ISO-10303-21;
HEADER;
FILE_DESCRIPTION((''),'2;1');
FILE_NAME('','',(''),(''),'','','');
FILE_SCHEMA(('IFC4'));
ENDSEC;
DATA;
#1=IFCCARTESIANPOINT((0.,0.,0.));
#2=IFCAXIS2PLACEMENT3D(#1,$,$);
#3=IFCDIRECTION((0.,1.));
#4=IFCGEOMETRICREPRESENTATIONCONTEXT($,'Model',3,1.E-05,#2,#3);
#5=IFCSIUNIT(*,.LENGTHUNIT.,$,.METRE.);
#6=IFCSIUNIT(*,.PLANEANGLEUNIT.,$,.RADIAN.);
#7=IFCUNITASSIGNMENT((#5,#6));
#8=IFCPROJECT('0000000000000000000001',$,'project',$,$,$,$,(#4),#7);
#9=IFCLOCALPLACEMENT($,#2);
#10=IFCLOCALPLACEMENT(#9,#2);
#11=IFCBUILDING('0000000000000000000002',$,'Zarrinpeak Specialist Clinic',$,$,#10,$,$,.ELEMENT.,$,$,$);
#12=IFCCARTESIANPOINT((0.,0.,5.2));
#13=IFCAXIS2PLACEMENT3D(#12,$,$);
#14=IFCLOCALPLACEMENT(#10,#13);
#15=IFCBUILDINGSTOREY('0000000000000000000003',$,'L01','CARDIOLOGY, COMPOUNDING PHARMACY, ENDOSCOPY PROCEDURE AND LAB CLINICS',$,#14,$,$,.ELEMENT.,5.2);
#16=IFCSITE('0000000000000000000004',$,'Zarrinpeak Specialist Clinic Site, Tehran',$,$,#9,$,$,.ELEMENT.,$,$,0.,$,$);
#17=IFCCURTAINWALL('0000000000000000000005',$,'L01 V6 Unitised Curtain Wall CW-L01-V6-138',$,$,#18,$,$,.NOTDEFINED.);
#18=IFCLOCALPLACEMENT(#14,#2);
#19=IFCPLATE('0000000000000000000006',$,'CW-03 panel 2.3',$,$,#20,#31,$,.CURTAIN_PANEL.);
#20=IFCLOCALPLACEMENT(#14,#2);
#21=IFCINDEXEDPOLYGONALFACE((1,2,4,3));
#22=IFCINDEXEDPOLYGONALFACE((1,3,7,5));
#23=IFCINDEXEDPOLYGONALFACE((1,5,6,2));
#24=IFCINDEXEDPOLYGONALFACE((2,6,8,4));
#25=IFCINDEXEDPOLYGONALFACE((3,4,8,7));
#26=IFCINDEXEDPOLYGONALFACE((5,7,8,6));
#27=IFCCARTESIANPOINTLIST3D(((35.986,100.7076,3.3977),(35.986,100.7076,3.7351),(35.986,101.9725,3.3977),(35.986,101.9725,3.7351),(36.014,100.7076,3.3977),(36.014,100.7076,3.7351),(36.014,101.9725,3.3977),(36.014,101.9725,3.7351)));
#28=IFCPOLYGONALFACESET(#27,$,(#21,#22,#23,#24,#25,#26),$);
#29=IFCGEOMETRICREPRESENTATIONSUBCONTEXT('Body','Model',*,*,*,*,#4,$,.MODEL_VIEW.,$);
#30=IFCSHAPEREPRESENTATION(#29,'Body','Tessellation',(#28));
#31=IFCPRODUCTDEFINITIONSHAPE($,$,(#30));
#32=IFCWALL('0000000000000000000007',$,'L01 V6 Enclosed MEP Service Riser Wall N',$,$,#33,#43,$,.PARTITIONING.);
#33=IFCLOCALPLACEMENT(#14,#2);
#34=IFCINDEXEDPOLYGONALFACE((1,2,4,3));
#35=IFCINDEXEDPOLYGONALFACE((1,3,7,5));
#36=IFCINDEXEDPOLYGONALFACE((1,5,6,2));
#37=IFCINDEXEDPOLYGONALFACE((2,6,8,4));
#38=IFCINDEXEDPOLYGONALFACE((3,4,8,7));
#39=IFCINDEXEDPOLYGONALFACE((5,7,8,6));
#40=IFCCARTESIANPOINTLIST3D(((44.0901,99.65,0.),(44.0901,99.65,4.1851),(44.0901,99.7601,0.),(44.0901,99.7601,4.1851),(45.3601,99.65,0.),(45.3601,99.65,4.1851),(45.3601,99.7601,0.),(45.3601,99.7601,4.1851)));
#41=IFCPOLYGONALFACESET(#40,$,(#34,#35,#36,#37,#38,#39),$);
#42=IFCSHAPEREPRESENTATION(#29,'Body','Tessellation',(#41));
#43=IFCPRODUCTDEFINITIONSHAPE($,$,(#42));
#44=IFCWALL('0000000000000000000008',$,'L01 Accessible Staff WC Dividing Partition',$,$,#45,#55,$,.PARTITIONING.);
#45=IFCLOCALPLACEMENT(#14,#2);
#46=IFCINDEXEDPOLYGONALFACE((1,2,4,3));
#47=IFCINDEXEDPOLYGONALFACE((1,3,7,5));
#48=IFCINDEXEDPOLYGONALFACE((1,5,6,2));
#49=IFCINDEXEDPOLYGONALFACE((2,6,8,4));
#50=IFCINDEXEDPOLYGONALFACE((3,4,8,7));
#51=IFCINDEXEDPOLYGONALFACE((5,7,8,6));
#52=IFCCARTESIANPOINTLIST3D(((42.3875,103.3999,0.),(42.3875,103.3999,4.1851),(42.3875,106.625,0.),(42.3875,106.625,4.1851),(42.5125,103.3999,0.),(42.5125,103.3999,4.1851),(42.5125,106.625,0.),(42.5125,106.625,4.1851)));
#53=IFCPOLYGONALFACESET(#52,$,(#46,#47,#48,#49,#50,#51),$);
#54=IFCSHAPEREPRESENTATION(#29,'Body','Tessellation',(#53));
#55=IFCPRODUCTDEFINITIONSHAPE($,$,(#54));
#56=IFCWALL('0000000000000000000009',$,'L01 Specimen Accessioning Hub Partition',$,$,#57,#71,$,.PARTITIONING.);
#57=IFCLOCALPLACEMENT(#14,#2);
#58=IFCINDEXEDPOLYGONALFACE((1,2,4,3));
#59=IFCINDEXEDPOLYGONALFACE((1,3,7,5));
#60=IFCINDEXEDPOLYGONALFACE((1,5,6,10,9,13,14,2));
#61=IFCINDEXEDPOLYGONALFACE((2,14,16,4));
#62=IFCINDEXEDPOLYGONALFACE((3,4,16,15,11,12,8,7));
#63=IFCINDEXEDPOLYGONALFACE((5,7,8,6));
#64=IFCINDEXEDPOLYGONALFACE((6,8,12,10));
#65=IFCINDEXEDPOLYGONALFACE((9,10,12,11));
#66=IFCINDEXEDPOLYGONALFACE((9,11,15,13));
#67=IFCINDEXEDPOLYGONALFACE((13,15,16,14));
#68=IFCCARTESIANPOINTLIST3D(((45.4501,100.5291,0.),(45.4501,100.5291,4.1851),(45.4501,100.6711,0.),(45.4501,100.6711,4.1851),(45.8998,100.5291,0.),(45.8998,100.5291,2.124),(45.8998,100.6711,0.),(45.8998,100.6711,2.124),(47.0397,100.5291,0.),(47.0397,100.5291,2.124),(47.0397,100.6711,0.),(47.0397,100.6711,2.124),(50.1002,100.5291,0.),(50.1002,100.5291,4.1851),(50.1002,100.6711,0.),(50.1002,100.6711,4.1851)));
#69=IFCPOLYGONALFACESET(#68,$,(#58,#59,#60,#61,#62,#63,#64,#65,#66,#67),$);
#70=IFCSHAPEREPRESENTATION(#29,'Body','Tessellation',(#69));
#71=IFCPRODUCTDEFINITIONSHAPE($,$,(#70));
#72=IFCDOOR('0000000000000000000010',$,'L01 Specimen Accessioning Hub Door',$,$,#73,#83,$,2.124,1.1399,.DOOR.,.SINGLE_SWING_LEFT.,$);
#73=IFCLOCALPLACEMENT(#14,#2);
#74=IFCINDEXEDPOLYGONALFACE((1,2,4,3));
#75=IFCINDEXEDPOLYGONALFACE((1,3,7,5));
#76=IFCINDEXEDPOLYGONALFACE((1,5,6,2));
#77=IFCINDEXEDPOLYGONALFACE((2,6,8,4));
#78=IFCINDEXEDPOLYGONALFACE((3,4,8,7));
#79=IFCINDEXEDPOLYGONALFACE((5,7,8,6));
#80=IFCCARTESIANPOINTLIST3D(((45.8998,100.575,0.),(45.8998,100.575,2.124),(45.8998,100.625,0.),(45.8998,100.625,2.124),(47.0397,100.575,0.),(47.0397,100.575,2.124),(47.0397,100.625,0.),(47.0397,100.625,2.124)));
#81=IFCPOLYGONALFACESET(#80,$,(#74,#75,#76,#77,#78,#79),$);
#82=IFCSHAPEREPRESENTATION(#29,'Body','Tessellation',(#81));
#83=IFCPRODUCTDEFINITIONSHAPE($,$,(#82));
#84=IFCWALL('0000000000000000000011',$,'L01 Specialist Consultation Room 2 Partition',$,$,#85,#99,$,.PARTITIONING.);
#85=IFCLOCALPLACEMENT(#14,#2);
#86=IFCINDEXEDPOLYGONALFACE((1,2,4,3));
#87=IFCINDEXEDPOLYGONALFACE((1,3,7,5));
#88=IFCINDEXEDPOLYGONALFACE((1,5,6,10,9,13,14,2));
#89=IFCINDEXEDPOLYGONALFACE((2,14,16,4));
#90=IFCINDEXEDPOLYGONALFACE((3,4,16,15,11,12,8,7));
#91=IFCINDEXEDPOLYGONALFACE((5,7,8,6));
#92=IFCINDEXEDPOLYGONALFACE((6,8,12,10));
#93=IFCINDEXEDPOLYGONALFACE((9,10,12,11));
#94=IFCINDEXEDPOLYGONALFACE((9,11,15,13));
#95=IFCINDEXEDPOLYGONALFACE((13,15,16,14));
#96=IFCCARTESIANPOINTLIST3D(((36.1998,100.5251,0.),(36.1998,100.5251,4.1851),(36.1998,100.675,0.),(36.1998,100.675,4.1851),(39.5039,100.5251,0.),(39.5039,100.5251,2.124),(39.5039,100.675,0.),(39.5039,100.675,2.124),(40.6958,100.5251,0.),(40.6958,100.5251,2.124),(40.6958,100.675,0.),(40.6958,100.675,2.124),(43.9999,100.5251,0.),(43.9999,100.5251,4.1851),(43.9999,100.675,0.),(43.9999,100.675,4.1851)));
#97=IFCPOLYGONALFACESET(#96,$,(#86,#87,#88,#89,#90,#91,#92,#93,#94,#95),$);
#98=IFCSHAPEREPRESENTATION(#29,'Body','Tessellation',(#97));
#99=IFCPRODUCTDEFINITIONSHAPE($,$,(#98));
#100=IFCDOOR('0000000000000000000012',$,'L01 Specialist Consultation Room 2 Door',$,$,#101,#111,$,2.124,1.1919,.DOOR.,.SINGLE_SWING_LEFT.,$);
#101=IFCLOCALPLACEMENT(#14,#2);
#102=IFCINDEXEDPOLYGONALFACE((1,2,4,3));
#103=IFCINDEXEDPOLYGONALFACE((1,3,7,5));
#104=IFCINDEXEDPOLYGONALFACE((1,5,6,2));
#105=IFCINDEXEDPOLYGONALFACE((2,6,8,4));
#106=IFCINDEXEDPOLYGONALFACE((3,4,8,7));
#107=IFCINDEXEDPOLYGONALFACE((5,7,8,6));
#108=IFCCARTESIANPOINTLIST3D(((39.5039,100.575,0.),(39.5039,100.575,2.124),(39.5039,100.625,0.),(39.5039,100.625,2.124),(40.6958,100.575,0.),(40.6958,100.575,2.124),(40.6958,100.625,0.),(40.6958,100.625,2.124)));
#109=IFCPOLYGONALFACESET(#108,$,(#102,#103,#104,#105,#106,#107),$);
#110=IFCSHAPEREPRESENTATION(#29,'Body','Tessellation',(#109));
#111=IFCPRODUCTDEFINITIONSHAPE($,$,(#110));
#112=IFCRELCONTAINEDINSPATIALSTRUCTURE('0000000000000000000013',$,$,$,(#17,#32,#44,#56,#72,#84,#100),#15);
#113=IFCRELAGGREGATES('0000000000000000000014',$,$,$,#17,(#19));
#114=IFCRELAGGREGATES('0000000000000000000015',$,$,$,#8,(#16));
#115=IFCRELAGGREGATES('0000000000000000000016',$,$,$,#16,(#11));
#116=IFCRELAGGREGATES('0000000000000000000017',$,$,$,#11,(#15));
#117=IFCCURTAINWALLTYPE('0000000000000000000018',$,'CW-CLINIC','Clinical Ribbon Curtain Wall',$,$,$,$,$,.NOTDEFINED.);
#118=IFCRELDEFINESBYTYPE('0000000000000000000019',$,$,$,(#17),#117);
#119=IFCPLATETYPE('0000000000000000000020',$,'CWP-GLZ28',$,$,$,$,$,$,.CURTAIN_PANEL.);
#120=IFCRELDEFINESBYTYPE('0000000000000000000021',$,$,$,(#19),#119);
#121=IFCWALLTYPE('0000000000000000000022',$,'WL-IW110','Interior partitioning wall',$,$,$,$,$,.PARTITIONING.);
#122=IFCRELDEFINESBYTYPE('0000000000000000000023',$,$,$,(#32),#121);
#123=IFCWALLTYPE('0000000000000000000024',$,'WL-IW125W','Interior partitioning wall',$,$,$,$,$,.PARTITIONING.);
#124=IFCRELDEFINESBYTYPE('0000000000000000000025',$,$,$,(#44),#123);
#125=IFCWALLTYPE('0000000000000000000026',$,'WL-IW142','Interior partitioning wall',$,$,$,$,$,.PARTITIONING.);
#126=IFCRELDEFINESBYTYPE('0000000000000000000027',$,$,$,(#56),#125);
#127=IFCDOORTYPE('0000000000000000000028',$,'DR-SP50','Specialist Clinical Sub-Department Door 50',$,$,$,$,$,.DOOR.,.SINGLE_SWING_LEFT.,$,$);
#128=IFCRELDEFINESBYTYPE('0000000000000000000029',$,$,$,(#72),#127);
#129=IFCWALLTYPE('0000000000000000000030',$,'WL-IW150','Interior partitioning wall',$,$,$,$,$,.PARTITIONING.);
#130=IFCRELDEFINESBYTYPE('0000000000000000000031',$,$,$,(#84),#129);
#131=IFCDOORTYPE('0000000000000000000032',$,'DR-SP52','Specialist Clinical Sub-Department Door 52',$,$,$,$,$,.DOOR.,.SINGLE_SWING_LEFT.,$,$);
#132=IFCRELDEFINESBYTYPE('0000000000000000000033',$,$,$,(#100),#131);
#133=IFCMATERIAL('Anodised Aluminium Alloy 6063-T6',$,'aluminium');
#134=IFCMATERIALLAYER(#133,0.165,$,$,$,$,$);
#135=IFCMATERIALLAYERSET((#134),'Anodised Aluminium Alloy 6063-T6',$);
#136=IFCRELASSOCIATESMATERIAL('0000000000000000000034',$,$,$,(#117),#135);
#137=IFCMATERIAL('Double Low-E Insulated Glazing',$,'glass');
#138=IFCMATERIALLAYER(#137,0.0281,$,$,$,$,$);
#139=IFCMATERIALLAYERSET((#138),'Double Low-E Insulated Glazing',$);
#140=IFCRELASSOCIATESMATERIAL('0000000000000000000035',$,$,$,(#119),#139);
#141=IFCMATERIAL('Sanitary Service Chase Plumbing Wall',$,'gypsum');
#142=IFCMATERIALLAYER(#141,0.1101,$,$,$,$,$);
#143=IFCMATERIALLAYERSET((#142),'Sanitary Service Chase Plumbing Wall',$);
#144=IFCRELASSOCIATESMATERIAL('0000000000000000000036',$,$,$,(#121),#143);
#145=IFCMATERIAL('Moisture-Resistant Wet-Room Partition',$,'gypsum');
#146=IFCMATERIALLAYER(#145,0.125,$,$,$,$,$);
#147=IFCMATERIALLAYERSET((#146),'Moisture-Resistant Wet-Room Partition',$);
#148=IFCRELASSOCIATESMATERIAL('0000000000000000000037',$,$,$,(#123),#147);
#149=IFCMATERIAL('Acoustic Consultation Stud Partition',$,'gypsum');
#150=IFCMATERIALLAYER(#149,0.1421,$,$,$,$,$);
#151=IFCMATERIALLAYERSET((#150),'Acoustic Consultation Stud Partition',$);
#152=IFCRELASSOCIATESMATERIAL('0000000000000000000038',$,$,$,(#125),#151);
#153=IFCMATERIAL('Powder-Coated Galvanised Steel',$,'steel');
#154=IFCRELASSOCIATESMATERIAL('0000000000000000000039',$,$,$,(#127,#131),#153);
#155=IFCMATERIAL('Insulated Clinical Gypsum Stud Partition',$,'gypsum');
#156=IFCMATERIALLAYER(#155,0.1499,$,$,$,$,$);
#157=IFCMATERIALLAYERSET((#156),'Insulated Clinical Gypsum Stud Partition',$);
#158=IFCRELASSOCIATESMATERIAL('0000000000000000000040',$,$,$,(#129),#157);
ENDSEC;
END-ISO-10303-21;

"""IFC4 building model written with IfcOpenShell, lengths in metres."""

from ifc_helpers import new_model, si_unit, direction, frame, frame_2d, origin, origin_2d, place, context, subcontext, project, spatial, rectangle, extrude, material, layer, layer_set, type_object, element, fill, aggregate, save


model = new_model("IFC4")

# Units and contexts
model_context = context("Model", 3, precision=1e-05, world=origin(), true_north=direction((0.0, 1.0)))
body_context = subcontext(model_context, "Body", "Model", "MODEL_VIEW")
ifc_project = project(units=[si_unit("LENGTHUNIT", "METRE"), si_unit("PLANEANGLEUNIT", "RADIAN")], contexts=[model_context])

# Site, building, storey
site_placement = place(None, origin())
site = spatial("IfcSite", under=ifc_project, at=site_placement, Name="Zarrinpeak Specialist Clinic Site, Tehran", CompositionType="ELEMENT", RefElevation=0.0)
building_placement = place(site_placement, origin())
building = spatial("IfcBuilding", under=site, at=building_placement, Name="Zarrinpeak Specialist Clinic", CompositionType="ELEMENT")
storey_placement = place(building_placement, frame((0.0, 0.0, 5.2)))
storey = spatial("IfcBuildingStorey", under=building, at=storey_placement, Name="L01", Description="CARDIOLOGY, COMPOUNDING PHARMACY, ENDOSCOPY PROCEDURE AND LAB CLINICS", CompositionType="ELEMENT", Elevation=5.2)

# Curtain wall, plate
ifc_material_1 = material(Name="Anodised Aluminium Alloy 6063-T6", Category="aluminium")
ifc_layer_1 = layer(ifc_material_1, 0.165)
ifc_layer_set_1 = layer_set([ifc_layer_1], Name="Anodised Aluminium Alloy 6063-T6")
curtain_wall_type = type_object("IfcCurtainWallType", Name="CW-CLINIC", Description="Clinical Ribbon Curtain Wall", PredefinedType="NOTDEFINED", material=ifc_layer_set_1)
curtain_wall_placement = place(storey_placement, origin())
curtain_wall = element("IfcCurtainWall", 1, at=curtain_wall_placement, inside=storey, type_object=curtain_wall_type, Name="L01 V6 Unitised Curtain Wall CW-L01-V6-138", PredefinedType="NOTDEFINED")
ifc_material_2 = material(Name="Double Low-E Insulated Glazing", Category="glass")
ifc_layer_2 = layer(ifc_material_2, 0.0281)
ifc_layer_set_2 = layer_set([ifc_layer_2], Name="Double Low-E Insulated Glazing")
plate_type = type_object("IfcPlateType", Name="CWP-GLZ28", PredefinedType="CURTAIN_PANEL", material=ifc_layer_set_2)
plate_1_placement = place(storey_placement, frame((36.0, 101.3401, 3.3977), z_axis=(0.0, 0.0, 1.0), x_axis=(0.0, -1.0, 0.0)))
plate_1 = element("IfcPlate", 2, at=plate_1_placement, type_object=plate_type, Name="CW-03 panel 2.3", PredefinedType="CURTAIN_PANEL", context=body_context, shape_type="SweptSolid", body=[
    extrude(rectangle(XDim=1.2649, YDim=0.0281, at=origin_2d()), origin(), (0.0, 0.0, 1.0), 0.3374),
])
aggregate(curtain_wall, [plate_1])

# Walls
ifc_material_3 = material(Name="Sanitary Service Chase Plumbing Wall", Category="gypsum")
ifc_layer_3 = layer(ifc_material_3, 0.1101)
ifc_layer_set_3 = layer_set([ifc_layer_3], Name="Sanitary Service Chase Plumbing Wall")
wall_type_1 = type_object("IfcWallType", Name="WL-IW110", Description="Interior partitioning wall", PredefinedType="PARTITIONING", material=ifc_layer_set_3)
wall_1_placement = place(storey_placement, frame((44.0901, 99.7051, 0.0), z_axis=(0.0, 0.0, 1.0), x_axis=(1.0, 0.0, 0.0)))
element("IfcWall", 3, at=wall_1_placement, inside=storey, type_object=wall_type_1, Name="L01 V6 Enclosed MEP Service Riser Wall N", PredefinedType="PARTITIONING", context=body_context, shape_type="SweptSolid", body=[
    extrude(rectangle(XDim=1.27, YDim=0.1101, at=frame_2d((0.635, 0.0))), origin(), (0.0, 0.0, 1.0), 4.1851),
])
ifc_material_4 = material(Name="Moisture-Resistant Wet-Room Partition", Category="gypsum")
ifc_layer_4 = layer(ifc_material_4, 0.125)
ifc_layer_set_4 = layer_set([ifc_layer_4], Name="Moisture-Resistant Wet-Room Partition")
wall_type_2 = type_object("IfcWallType", Name="WL-IW125W", Description="Interior partitioning wall", PredefinedType="PARTITIONING", material=ifc_layer_set_4)
wall_2_placement = place(storey_placement, frame((42.45, 103.3999, 0.0), z_axis=(0.0, 0.0, 1.0), x_axis=(0.0, 1.0, 0.0)))
element("IfcWall", 4, at=wall_2_placement, inside=storey, type_object=wall_type_2, Name="L01 Accessible Staff WC Dividing Partition", PredefinedType="PARTITIONING", context=body_context, shape_type="SweptSolid", body=[
    extrude(rectangle(XDim=3.2251, YDim=0.125, at=frame_2d((1.6125, 0.0))), origin(), (0.0, 0.0, 1.0), 4.1851),
])

# Walls, openings, doors
ifc_material_5 = material(Name="Acoustic Consultation Stud Partition", Category="gypsum")
ifc_layer_5 = layer(ifc_material_5, 0.1421)
ifc_layer_set_5 = layer_set([ifc_layer_5], Name="Acoustic Consultation Stud Partition")
wall_type_3 = type_object("IfcWallType", Name="WL-IW142", Description="Interior partitioning wall", PredefinedType="PARTITIONING", material=ifc_layer_set_5)
wall_3_placement = place(storey_placement, frame((45.45, 100.6001, 0.0), z_axis=(0.0, 0.0, 1.0), x_axis=(1.0, 0.0, 0.0)))
wall_3 = element("IfcWall", 5, at=wall_3_placement, inside=storey, type_object=wall_type_3, Name="L01 Specimen Accessioning Hub Partition", PredefinedType="PARTITIONING", context=body_context, shape_type="SweptSolid", body=[
    extrude(rectangle(XDim=4.6501, YDim=0.1421, at=frame_2d((2.3252, 0.0))), origin(), (0.0, 0.0, 1.0), 4.1851),
])
opening_1_placement = place(wall_3_placement, frame((0.45, 0.0, 0.0)))
opening_1 = element("IfcOpeningElement", 6, at=opening_1_placement, cuts=wall_3, PredefinedType="OPENING", context=body_context, shape_type="SweptSolid", body=[
    extrude(rectangle(XDim=1.1399, YDim=2.124, at=frame_2d((0.5698, 1.062))), frame((0.0, 0.0811, 0.0), z_axis=(0.0, -1.0, 0.0), x_axis=(1.0, 0.0, 0.0)), (0.0, 0.0, 1.0), 0.1621),
])
ifc_material_6 = material(Name="Powder-Coated Galvanised Steel", Category="steel")
door_type_1 = type_object("IfcDoorType", Name="DR-SP50", Description="Specialist Clinical Sub-Department Door 50", OperationType="SINGLE_SWING_LEFT", PredefinedType="DOOR", material=ifc_material_6)
door_1_placement = place(opening_1_placement, origin())
door_1 = element("IfcDoor", 7, at=door_1_placement, inside=storey, type_object=door_type_1, Name="L01 Specimen Accessioning Hub Door", OperationType="SINGLE_SWING_LEFT", OverallHeight=2.124, OverallWidth=1.1399, PredefinedType="DOOR", context=body_context, shape_type="SweptSolid", body=[
    extrude(rectangle(XDim=1.1399, YDim=2.124, at=frame_2d((0.5698, 1.062))), frame((0.0, 0.0249, 0.0), z_axis=(0.0, -1.0, 0.0), x_axis=(1.0, 0.0, 0.0)), (0.0, 0.0, 1.0), 0.05),
])
fill(opening_1, door_1)
ifc_material_7 = material(Name="Insulated Clinical Gypsum Stud Partition", Category="gypsum")
ifc_layer_6 = layer(ifc_material_7, 0.1499)
ifc_layer_set_6 = layer_set([ifc_layer_6], Name="Insulated Clinical Gypsum Stud Partition")
wall_type_4 = type_object("IfcWallType", Name="WL-IW150", Description="Interior partitioning wall", PredefinedType="PARTITIONING", material=ifc_layer_set_6)
wall_4_placement = place(storey_placement, frame((36.2, 100.6001, 0.0), z_axis=(0.0, 0.0, 1.0), x_axis=(1.0, 0.0, 0.0)))
wall_4 = element("IfcWall", 8, at=wall_4_placement, inside=storey, type_object=wall_type_4, Name="L01 Specialist Consultation Room 2 Partition", PredefinedType="PARTITIONING", context=body_context, shape_type="SweptSolid", body=[
    extrude(rectangle(XDim=7.8, YDim=0.1499, at=frame_2d((3.8999, 0.0))), origin(), (0.0, 0.0, 1.0), 4.1851),
])
opening_2_placement = place(wall_4_placement, frame((3.304, 0.0, 0.0)))
opening_2 = element("IfcOpeningElement", 9, at=opening_2_placement, cuts=wall_4, PredefinedType="OPENING", context=body_context, shape_type="SweptSolid", body=[
    extrude(rectangle(XDim=1.1919, YDim=2.124, at=frame_2d((0.5959, 1.062))), frame((0.0, 0.085, 0.0), z_axis=(0.0, -1.0, 0.0), x_axis=(1.0, 0.0, 0.0)), (0.0, 0.0, 1.0), 0.1699),
])
door_type_2 = type_object("IfcDoorType", Name="DR-SP52", Description="Specialist Clinical Sub-Department Door 52", OperationType="SINGLE_SWING_LEFT", PredefinedType="DOOR", material=ifc_material_6)
door_2_placement = place(opening_2_placement, origin())
door_2 = element("IfcDoor", 10, at=door_2_placement, inside=storey, type_object=door_type_2, Name="L01 Specialist Consultation Room 2 Door", OperationType="SINGLE_SWING_LEFT", OverallHeight=2.124, OverallWidth=1.1919, PredefinedType="DOOR", context=body_context, shape_type="SweptSolid", body=[
    extrude(rectangle(XDim=1.1919, YDim=2.124, at=frame_2d((0.5959, 1.062))), frame((0.0, 0.0249, 0.0), z_axis=(0.0, -1.0, 0.0), x_axis=(1.0, 0.0, 0.0)), (0.0, 0.0, 1.0), 0.05),
])
fill(opening_2, door_2)

save(model, "model.ifc")
